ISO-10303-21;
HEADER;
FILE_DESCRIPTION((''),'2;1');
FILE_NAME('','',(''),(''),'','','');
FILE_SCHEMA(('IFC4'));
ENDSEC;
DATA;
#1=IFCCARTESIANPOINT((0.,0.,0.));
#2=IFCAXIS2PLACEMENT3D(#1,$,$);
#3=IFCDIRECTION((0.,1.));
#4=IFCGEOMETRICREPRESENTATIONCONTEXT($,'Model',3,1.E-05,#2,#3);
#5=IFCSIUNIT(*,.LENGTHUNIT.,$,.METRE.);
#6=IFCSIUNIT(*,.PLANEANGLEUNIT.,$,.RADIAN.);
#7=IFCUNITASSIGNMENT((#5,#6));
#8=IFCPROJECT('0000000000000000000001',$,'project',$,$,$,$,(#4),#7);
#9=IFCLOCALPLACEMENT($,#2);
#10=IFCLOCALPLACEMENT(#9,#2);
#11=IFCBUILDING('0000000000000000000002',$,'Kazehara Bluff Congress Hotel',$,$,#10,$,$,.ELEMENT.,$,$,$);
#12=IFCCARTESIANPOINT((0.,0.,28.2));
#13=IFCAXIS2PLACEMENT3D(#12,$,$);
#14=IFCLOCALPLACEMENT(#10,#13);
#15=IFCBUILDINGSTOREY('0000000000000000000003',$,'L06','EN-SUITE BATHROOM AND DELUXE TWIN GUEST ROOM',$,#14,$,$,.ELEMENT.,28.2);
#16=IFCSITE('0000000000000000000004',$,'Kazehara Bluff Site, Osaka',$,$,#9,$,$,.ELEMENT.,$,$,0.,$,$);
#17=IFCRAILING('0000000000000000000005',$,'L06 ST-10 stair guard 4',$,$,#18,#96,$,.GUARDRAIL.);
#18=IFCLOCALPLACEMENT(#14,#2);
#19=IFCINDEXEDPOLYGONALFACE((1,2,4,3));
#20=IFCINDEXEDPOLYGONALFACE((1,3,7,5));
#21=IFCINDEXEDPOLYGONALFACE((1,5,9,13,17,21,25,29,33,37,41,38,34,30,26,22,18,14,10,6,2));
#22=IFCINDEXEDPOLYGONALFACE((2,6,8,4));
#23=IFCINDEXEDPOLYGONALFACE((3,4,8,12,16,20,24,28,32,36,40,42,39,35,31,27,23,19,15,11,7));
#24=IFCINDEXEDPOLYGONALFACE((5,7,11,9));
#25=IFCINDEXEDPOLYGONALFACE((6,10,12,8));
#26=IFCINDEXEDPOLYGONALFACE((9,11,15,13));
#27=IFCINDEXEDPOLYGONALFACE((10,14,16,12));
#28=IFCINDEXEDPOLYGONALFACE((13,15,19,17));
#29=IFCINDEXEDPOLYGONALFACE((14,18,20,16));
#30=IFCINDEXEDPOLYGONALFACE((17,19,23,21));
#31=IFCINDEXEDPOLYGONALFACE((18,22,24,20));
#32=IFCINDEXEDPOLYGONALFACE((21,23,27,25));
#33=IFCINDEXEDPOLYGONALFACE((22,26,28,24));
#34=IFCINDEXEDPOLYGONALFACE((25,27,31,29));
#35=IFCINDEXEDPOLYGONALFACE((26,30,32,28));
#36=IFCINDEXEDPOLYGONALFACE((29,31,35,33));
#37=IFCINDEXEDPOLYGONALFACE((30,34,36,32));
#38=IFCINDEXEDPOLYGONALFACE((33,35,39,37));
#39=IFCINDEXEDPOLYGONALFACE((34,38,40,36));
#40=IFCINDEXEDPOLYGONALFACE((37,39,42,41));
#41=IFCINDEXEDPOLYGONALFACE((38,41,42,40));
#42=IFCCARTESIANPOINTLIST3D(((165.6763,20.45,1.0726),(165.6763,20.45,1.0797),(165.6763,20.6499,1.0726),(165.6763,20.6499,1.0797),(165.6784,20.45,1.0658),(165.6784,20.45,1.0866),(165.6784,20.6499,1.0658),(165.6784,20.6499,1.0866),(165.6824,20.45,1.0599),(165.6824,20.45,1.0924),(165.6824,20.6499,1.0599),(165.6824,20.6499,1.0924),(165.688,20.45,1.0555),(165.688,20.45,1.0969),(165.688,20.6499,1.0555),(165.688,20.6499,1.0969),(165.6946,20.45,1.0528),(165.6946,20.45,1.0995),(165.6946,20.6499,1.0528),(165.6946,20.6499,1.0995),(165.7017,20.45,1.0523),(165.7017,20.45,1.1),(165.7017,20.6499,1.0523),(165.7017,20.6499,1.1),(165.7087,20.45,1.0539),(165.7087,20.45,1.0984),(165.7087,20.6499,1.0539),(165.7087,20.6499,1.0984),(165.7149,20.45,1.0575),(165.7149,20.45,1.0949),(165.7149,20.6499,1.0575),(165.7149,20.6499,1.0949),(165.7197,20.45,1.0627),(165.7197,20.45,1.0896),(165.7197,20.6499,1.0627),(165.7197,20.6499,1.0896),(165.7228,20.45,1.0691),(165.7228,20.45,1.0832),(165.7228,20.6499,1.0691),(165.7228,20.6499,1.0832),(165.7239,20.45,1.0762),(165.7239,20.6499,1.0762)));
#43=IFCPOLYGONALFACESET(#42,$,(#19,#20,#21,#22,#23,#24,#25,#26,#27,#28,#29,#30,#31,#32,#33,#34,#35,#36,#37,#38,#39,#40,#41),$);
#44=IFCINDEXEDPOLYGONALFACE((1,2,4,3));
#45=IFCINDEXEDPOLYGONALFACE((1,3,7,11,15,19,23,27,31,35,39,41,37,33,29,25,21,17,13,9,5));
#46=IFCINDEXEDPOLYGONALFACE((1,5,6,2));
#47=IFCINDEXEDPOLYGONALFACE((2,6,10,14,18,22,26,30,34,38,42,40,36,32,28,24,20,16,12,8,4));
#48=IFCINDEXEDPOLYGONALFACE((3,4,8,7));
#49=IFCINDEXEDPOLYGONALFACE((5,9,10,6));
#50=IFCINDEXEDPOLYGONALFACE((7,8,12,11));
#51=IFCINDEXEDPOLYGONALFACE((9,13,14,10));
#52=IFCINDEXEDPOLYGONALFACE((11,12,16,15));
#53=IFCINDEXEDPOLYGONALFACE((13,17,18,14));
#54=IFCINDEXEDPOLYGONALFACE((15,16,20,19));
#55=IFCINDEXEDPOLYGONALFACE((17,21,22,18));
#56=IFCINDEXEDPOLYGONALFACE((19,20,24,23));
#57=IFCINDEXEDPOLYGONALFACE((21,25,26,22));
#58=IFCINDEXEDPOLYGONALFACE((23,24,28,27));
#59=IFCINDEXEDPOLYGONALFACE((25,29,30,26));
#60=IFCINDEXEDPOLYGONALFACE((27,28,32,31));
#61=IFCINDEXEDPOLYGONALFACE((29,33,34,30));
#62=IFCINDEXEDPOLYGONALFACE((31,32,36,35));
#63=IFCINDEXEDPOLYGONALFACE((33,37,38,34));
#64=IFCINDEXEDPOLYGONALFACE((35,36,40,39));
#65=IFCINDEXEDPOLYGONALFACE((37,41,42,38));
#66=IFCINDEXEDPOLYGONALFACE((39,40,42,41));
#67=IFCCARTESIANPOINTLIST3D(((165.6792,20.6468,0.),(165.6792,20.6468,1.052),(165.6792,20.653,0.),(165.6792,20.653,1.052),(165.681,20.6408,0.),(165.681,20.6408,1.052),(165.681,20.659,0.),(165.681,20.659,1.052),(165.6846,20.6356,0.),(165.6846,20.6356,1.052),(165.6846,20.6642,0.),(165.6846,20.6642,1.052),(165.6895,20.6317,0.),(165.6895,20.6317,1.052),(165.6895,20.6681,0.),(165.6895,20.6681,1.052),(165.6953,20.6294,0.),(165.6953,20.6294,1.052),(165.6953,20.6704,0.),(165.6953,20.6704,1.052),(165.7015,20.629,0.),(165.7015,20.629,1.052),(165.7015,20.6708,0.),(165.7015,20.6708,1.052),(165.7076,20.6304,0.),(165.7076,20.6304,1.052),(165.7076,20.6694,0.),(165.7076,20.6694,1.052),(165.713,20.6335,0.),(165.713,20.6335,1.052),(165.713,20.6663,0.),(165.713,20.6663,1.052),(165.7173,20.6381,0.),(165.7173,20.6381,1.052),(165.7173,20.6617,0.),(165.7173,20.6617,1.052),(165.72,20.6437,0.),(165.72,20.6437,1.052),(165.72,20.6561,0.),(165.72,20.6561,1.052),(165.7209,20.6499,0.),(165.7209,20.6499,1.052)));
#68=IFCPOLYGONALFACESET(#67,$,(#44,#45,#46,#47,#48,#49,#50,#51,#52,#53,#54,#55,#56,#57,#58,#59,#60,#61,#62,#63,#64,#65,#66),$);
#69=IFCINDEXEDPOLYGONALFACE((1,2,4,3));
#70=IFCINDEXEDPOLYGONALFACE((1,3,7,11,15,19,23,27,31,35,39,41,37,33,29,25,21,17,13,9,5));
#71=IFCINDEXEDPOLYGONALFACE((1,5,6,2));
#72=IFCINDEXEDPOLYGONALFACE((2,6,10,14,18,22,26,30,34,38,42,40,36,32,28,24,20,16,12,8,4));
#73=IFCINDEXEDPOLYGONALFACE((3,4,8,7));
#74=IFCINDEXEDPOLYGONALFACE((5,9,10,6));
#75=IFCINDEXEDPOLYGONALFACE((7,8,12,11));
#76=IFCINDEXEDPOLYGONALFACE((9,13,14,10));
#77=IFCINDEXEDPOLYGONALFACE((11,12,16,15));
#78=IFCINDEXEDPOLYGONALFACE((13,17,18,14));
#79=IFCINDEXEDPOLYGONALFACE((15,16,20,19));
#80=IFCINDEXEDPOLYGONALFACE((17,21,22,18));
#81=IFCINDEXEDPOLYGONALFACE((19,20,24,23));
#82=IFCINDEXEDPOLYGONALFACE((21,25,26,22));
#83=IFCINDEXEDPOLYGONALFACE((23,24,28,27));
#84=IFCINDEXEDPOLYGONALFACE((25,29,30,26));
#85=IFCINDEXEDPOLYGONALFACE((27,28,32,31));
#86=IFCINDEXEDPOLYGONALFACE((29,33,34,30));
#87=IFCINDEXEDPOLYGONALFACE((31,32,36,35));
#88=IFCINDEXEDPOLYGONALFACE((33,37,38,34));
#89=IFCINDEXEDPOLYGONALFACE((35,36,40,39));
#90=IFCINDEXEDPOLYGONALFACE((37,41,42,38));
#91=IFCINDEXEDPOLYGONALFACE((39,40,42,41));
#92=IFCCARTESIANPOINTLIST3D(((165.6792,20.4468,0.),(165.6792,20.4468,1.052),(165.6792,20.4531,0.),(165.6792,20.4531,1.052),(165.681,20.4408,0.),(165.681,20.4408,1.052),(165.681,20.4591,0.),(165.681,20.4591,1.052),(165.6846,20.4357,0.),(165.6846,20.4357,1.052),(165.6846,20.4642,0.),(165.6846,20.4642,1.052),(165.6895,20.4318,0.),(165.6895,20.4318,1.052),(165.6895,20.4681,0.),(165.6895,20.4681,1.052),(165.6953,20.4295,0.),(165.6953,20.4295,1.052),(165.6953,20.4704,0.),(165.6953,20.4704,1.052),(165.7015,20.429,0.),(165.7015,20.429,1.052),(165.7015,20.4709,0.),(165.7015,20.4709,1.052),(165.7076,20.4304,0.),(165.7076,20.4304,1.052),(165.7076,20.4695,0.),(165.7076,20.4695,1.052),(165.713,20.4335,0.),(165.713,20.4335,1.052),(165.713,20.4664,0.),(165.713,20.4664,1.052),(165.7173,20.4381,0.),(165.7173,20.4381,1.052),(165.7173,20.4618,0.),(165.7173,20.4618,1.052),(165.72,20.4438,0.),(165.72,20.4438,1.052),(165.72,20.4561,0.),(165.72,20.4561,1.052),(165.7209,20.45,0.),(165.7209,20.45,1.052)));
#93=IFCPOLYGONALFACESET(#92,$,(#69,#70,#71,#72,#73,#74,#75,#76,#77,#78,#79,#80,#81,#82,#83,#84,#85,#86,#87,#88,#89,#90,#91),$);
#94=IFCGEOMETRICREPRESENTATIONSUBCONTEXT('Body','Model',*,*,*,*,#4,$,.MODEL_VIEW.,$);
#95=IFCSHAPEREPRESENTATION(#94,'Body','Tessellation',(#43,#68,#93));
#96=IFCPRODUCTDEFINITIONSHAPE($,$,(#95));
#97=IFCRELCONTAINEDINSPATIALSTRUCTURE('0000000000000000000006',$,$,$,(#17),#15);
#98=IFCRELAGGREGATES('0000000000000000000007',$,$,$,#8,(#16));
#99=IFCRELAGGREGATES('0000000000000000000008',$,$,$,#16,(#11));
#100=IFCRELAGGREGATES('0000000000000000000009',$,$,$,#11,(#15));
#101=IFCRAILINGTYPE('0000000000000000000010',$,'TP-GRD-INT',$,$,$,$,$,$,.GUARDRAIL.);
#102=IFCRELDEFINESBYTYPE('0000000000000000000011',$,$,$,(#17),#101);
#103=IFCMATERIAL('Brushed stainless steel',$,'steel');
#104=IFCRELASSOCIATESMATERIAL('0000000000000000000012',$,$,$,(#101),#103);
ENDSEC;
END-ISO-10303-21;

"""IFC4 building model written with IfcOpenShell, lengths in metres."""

from ifc_helpers import new_model, si_unit, direction, frame, origin, origin_2d, place, context, subcontext, project, spatial, circle, extrude, material, type_object, element, save


model = new_model("IFC4")

# Units and contexts
model_context = context("Model", 3, precision=1e-05, world=origin(), true_north=direction((0.0, 1.0)))
body_context = subcontext(model_context, "Body", "Model", "MODEL_VIEW")
ifc_project = project(units=[si_unit("LENGTHUNIT", "METRE"), si_unit("PLANEANGLEUNIT", "RADIAN")], contexts=[model_context])

# Site, building, storey
site_placement = place(None, origin())
site = spatial("IfcSite", under=ifc_project, at=site_placement, Name="Kazehara Bluff Site, Osaka", CompositionType="ELEMENT", RefElevation=0.0)
building_placement = place(site_placement, origin())
building = spatial("IfcBuilding", under=site, at=building_placement, Name="Kazehara Bluff Congress Hotel", CompositionType="ELEMENT")
storey_placement = place(building_placement, frame((0.0, 0.0, 28.2)))
storey = spatial("IfcBuildingStorey", under=building, at=storey_placement, Name="L06", Description="EN-SUITE BATHROOM AND DELUXE TWIN GUEST ROOM", CompositionType="ELEMENT", Elevation=28.2)

# Railing
ifc_material_1 = material(Name="Brushed stainless steel", Category="steel")
railing_type_1 = type_object("IfcRailingType", Name="TP-GRD-INT", PredefinedType="GUARDRAIL", material=ifc_material_1)
railing_1_placement = place(storey_placement, frame((165.7, 20.6499, 0.0)))
element("IfcRailing", 1, at=railing_1_placement, inside=storey, type_object=railing_type_1, Name="L06 ST-10 stair guard 4", PredefinedType="GUARDRAIL", context=body_context, shape_type="SweptSolid", body=[
    extrude(circle(Radius=0.0239, at=origin_2d()), frame((0.0, 0.0, 1.0762), z_axis=(0.0, -1.0, 0.0), x_axis=(1.0, 0.0, 0.0)), (0.0, 0.0, 1.0), 0.2),
    extrude(circle(Radius=0.021, at=origin_2d()), origin(), (0.0, 0.0, 1.0), 1.052),
    extrude(circle(Radius=0.021, at=origin_2d()), frame((0.0, -0.2, 0.0)), (0.0, 0.0, 1.0), 1.052),
])

save(model, "model.ifc")
